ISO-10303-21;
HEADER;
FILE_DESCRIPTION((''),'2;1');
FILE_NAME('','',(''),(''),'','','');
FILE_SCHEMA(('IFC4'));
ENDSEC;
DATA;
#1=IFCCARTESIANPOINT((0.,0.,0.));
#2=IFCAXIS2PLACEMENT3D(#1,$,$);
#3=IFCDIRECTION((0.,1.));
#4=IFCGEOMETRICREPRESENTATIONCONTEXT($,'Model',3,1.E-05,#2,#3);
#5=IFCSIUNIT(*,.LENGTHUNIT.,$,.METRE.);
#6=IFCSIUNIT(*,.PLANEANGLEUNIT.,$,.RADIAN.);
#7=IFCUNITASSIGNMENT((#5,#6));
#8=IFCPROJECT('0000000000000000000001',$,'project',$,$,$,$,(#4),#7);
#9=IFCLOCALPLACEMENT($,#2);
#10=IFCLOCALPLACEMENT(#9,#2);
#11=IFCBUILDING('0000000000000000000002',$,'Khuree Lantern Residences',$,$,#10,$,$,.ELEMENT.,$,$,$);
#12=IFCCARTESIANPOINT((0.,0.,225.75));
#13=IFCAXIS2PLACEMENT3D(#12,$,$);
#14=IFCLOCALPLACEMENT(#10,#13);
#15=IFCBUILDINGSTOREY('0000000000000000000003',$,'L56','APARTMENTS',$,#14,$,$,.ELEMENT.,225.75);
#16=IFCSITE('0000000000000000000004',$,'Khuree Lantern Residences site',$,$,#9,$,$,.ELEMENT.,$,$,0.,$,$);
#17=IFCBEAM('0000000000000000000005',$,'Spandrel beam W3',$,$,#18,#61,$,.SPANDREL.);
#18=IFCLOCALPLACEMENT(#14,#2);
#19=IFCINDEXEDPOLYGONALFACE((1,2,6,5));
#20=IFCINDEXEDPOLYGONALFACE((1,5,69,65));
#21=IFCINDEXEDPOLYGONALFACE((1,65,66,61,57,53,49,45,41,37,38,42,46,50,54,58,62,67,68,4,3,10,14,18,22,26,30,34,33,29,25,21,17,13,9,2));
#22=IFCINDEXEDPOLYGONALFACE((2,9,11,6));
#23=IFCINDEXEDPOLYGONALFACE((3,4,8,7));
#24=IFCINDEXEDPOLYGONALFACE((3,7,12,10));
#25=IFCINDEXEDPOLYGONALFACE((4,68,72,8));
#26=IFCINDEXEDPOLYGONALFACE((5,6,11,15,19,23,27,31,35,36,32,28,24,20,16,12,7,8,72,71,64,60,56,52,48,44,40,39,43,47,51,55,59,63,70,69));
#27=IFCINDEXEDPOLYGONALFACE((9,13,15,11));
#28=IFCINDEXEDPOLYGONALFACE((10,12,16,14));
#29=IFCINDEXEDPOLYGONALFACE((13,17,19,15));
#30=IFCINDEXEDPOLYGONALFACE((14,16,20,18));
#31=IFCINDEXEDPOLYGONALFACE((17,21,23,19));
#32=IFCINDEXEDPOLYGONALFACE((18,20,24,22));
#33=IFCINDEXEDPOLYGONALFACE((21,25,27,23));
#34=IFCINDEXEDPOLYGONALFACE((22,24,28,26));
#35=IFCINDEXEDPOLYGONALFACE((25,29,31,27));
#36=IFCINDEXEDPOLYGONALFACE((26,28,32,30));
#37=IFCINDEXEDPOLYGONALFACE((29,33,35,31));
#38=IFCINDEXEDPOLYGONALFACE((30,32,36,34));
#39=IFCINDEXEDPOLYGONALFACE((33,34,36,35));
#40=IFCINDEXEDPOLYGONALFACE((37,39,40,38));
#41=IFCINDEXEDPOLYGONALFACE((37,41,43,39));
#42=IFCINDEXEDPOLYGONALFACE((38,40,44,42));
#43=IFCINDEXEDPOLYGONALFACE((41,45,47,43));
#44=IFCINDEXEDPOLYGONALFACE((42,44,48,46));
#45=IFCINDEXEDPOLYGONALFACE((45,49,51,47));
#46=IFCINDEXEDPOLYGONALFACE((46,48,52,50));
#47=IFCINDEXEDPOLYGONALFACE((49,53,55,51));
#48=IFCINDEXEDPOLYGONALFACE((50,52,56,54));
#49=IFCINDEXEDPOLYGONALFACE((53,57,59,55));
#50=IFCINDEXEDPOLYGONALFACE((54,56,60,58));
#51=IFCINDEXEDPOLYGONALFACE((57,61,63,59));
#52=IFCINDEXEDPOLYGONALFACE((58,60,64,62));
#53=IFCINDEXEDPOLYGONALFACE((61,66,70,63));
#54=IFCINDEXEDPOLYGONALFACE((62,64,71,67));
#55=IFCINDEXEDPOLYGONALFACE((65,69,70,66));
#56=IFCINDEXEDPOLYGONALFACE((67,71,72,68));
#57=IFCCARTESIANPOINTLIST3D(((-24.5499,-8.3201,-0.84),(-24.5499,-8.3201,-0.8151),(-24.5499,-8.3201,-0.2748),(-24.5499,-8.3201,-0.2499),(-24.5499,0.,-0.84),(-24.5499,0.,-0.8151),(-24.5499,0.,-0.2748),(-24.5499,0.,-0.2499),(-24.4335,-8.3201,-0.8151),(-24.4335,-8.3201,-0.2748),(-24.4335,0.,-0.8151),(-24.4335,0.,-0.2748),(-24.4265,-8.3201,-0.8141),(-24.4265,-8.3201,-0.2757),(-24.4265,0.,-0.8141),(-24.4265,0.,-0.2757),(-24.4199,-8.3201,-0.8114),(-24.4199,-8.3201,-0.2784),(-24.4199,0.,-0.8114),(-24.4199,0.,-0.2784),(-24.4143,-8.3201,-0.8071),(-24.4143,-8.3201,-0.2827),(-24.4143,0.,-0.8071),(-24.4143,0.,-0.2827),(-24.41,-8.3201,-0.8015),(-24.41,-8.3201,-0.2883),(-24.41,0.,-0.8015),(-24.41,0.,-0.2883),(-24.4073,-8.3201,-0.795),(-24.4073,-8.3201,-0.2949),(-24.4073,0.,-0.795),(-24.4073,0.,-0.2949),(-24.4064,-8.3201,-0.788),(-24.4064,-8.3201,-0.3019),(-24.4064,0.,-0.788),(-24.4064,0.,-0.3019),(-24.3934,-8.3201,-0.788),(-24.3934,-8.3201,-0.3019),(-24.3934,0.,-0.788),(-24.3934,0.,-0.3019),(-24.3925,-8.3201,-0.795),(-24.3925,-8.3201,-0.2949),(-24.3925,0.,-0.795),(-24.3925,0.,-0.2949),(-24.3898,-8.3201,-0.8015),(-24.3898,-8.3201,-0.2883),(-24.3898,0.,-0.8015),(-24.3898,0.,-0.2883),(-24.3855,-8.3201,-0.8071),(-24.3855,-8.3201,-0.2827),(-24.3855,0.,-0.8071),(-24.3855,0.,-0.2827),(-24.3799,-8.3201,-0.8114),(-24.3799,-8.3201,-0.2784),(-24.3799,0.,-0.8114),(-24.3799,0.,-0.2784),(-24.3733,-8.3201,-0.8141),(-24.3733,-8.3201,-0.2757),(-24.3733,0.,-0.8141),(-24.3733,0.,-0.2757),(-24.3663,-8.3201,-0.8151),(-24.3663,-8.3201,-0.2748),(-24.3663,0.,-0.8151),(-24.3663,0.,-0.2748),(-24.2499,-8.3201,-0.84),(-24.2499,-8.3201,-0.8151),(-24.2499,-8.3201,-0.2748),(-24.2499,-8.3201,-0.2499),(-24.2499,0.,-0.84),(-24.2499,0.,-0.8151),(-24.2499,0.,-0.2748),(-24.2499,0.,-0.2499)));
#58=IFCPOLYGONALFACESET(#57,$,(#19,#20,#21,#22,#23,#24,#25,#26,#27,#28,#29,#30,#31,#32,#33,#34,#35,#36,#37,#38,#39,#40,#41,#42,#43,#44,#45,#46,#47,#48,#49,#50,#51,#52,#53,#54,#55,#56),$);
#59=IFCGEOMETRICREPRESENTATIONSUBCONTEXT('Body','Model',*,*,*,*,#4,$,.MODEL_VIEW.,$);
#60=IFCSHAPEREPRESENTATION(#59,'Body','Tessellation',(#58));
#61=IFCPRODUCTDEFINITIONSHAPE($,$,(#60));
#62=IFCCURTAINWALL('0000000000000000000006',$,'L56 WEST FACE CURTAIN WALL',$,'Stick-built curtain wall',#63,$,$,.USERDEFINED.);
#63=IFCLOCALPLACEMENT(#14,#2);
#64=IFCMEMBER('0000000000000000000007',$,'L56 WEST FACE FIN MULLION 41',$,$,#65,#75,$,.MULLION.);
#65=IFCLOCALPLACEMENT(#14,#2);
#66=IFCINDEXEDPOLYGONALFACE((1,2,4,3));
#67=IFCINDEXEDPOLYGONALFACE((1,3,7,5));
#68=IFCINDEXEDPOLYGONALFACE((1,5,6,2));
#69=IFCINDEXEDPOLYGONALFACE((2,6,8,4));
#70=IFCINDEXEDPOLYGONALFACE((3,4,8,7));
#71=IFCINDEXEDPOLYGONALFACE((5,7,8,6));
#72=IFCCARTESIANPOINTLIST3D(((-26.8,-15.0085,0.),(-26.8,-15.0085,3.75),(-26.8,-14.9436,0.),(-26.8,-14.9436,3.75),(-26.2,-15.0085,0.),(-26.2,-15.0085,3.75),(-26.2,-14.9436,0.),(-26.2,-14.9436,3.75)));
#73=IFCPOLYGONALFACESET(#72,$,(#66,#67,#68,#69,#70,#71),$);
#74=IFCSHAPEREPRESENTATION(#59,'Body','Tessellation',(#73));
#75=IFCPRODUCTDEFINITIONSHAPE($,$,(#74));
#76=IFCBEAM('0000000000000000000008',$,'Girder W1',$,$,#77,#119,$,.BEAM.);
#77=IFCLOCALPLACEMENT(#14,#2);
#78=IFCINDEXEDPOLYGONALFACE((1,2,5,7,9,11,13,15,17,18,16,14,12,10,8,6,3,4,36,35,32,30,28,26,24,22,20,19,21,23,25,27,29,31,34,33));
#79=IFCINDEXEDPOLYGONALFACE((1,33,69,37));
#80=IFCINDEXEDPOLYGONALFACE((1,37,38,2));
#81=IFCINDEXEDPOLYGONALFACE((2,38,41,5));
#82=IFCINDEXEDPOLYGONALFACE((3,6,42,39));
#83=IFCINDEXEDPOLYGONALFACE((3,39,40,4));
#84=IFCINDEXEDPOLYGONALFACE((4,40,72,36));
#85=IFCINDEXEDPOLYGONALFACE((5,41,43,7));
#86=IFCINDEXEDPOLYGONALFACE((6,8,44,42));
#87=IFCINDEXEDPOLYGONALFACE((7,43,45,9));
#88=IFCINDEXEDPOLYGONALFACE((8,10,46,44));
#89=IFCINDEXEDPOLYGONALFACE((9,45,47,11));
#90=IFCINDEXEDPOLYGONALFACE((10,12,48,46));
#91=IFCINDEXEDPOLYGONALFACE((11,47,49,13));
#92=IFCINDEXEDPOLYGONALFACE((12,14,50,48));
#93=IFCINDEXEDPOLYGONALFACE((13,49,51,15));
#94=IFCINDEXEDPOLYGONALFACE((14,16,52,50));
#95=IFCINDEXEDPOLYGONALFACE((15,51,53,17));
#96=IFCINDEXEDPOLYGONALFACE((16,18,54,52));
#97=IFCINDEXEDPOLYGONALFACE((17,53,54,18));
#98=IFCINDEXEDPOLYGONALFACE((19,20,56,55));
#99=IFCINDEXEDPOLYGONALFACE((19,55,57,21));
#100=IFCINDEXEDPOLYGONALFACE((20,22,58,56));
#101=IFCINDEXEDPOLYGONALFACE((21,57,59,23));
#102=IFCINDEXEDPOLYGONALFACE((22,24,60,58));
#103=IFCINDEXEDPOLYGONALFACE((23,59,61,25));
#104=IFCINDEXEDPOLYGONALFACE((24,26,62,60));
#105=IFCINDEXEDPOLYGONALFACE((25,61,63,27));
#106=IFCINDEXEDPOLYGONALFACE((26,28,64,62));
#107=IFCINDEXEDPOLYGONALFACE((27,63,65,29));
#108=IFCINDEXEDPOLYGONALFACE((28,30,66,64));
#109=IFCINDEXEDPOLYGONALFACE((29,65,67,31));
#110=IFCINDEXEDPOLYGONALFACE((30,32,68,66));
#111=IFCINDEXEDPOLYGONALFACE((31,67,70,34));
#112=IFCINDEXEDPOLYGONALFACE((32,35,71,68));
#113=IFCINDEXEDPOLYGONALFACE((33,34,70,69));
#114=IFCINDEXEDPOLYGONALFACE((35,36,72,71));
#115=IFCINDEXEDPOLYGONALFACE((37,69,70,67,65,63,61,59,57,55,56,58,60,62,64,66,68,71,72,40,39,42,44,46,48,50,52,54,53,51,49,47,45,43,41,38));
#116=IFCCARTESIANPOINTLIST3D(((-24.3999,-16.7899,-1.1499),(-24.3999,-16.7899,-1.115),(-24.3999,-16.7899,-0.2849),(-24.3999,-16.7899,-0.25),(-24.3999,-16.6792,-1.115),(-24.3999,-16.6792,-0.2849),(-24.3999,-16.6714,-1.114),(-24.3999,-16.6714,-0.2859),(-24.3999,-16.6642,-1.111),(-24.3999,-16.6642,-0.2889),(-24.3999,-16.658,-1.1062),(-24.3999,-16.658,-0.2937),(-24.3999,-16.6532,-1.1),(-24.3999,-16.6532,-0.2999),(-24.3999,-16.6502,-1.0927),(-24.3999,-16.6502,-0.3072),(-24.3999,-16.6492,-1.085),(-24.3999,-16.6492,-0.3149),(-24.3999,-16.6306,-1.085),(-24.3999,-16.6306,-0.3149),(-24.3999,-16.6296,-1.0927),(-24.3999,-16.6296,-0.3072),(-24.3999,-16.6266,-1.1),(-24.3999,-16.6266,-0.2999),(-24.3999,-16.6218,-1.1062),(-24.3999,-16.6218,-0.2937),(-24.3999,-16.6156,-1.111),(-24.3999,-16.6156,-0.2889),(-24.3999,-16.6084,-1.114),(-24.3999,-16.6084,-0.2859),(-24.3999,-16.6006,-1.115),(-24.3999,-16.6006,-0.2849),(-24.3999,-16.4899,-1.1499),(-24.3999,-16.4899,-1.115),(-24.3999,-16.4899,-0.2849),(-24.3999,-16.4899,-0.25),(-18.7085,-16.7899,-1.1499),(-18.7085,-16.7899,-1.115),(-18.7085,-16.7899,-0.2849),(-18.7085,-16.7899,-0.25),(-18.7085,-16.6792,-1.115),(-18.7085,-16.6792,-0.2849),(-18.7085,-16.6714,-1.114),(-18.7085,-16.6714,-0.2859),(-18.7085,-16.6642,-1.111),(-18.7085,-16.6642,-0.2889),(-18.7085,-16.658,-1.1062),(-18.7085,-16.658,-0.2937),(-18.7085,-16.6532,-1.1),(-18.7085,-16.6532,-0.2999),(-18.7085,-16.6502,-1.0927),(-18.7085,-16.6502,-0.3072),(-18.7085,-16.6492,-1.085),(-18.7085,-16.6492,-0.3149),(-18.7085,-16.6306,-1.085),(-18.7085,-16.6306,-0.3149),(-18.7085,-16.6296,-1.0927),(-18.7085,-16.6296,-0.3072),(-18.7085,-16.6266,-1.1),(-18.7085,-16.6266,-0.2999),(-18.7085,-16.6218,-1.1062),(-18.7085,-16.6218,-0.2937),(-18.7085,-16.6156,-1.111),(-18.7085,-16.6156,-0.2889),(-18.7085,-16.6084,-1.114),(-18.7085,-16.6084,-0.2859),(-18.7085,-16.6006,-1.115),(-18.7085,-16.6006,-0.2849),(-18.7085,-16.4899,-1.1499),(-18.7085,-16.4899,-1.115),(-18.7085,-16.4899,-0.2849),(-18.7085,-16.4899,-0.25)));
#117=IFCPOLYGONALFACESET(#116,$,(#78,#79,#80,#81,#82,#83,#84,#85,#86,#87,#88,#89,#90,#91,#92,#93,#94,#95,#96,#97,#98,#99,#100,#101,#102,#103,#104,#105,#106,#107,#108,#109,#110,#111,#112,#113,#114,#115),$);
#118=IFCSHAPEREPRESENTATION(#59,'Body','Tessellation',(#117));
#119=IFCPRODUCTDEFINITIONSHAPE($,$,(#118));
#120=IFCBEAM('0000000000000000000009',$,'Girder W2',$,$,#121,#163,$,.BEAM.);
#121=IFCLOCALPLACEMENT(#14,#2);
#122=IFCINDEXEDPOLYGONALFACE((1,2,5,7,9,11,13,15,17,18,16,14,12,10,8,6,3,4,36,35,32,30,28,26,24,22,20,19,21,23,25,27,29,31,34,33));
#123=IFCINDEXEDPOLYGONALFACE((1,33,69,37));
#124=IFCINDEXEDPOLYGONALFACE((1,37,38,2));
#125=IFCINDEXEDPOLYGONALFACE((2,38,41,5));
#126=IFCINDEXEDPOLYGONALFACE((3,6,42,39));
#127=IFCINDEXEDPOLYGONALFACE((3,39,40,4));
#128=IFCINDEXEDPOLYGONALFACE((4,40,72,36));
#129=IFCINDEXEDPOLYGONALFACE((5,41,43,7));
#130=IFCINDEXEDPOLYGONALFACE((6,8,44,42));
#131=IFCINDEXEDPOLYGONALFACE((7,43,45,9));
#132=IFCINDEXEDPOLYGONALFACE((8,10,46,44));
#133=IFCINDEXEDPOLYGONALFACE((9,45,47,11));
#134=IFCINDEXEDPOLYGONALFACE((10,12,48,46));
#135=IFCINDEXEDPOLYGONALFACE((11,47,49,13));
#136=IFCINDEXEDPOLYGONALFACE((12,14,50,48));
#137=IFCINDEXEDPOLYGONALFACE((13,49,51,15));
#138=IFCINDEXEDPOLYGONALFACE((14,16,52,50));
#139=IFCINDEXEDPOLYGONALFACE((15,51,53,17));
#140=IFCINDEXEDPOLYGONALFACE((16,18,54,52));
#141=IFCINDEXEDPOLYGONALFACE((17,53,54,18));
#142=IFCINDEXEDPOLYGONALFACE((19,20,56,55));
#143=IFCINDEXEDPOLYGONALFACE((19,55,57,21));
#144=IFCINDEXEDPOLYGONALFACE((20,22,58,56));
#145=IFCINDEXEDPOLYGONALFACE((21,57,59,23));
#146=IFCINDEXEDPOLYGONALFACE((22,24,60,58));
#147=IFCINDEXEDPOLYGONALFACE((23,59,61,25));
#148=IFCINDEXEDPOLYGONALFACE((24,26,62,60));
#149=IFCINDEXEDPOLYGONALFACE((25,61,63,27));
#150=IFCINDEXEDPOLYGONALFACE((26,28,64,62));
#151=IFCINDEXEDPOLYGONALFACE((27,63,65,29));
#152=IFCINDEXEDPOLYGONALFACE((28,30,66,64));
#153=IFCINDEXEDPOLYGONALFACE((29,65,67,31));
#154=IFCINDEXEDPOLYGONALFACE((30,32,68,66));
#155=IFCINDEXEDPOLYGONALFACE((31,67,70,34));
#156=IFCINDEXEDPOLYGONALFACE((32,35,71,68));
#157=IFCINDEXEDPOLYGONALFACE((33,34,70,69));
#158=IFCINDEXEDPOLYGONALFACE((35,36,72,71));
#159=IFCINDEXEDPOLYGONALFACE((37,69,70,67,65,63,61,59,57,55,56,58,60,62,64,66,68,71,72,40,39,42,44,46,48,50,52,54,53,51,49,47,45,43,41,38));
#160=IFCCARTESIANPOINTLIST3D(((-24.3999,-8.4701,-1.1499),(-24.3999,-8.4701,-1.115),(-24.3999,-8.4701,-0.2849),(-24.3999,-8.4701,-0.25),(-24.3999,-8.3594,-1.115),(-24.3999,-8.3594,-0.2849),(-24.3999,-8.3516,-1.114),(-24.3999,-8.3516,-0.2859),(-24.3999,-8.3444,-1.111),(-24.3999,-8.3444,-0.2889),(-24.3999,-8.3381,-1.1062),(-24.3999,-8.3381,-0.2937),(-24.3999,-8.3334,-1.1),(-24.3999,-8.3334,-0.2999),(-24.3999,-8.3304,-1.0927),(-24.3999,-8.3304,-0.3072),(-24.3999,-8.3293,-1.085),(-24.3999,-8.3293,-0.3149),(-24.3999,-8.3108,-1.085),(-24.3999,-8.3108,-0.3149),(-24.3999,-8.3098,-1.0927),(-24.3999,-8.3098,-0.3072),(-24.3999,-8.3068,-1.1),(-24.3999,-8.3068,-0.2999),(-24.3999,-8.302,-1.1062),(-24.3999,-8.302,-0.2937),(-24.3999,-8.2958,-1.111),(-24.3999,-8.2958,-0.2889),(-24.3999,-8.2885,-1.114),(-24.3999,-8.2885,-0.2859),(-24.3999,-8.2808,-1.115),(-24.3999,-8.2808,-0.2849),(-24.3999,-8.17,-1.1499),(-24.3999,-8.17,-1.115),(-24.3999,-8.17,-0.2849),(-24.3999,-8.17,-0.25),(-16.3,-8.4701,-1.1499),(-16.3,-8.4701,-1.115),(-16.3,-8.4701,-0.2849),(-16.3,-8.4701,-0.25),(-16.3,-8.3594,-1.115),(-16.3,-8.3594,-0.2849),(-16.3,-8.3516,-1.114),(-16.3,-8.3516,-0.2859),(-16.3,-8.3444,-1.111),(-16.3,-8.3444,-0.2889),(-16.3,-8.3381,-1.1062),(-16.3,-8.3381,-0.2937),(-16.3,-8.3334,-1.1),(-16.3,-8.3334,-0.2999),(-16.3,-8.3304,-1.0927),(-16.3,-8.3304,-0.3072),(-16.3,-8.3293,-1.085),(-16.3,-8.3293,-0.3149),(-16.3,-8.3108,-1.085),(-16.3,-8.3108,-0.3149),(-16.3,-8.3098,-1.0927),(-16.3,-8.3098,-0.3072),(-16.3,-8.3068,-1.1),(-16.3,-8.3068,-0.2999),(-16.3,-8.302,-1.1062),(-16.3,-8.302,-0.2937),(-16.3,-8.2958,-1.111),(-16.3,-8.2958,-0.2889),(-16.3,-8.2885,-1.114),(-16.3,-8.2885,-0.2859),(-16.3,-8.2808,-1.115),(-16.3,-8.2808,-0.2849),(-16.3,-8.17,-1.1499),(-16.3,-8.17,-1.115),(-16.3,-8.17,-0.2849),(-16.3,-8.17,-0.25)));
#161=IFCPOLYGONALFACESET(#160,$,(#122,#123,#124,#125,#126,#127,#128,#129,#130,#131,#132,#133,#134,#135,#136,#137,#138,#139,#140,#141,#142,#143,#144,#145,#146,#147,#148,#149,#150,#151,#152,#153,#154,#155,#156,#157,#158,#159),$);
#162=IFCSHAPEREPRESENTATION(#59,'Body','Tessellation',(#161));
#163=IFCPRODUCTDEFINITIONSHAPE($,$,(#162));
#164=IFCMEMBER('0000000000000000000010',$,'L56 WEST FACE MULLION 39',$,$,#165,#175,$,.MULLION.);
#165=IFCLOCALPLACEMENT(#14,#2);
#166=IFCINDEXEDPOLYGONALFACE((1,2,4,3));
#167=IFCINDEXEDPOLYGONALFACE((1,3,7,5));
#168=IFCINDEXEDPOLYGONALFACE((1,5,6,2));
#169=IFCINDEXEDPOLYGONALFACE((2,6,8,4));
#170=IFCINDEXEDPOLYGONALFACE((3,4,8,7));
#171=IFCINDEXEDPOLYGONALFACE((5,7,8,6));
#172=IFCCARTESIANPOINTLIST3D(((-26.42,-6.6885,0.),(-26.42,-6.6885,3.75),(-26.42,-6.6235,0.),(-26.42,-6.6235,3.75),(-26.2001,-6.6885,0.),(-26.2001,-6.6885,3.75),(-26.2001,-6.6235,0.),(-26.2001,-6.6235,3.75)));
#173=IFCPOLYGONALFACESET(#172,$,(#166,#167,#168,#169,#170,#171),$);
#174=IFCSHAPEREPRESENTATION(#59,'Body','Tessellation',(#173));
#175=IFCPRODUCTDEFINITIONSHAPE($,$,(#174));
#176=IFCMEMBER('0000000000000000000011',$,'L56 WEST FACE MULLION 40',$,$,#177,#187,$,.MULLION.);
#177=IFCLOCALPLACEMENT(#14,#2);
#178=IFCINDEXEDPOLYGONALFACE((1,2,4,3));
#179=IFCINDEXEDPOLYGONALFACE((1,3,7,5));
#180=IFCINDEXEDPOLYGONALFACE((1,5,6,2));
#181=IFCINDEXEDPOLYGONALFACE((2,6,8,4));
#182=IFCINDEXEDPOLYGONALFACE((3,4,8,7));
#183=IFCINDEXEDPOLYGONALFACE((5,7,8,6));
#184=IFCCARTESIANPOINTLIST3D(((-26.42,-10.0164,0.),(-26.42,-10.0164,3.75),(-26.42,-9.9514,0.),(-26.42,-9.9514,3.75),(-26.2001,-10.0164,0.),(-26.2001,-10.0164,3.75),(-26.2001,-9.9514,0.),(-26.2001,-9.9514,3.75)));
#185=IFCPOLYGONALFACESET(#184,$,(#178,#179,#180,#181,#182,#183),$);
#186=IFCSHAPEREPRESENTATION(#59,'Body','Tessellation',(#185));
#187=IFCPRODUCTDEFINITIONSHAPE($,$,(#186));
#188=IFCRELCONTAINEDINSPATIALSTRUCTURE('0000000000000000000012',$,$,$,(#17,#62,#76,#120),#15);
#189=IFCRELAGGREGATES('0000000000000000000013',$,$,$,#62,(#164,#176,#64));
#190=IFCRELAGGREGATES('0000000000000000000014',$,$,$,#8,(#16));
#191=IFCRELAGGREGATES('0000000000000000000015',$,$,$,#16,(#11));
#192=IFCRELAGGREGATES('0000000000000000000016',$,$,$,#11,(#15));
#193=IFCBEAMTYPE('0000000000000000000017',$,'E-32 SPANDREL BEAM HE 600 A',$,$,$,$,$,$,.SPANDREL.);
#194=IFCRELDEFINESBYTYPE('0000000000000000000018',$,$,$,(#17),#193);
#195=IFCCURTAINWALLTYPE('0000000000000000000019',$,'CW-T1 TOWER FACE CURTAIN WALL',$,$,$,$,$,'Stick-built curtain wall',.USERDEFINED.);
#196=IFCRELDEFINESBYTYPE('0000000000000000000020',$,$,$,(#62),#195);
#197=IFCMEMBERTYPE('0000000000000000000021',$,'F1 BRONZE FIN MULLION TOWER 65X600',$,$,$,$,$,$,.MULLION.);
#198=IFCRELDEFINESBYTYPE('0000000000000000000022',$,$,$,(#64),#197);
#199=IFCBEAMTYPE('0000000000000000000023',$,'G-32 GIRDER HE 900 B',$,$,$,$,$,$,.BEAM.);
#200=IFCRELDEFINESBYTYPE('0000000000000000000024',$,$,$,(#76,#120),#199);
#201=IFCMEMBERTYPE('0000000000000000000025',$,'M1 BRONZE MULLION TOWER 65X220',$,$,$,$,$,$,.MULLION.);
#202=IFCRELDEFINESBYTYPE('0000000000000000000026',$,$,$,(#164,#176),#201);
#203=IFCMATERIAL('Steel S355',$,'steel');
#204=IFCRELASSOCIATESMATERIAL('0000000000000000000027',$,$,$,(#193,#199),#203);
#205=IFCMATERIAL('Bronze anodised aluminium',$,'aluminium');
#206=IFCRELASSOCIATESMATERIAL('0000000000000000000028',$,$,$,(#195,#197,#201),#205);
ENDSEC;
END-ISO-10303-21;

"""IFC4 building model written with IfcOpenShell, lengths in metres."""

from ifc_helpers import new_model, si_unit, direction, frame, origin, origin_2d, place, context, subcontext, project, spatial, rectangle, i_section, extrude, material, material_profile, profile_set, type_object, element, aggregate, save


model = new_model("IFC4")

# Units and contexts
model_context = context("Model", 3, precision=1e-05, world=origin(), true_north=direction((0.0, 1.0)))
body_context = subcontext(model_context, "Body", "Model", "MODEL_VIEW")
ifc_project = project(units=[si_unit("LENGTHUNIT", "METRE"), si_unit("PLANEANGLEUNIT", "RADIAN")], contexts=[model_context])

# Site, building, storey
site_placement = place(None, origin())
site = spatial("IfcSite", under=ifc_project, at=site_placement, Name="Khuree Lantern Residences site", CompositionType="ELEMENT", RefElevation=0.0)
building_placement = place(site_placement, origin())
building = spatial("IfcBuilding", under=site, at=building_placement, Name="Khuree Lantern Residences", CompositionType="ELEMENT")
storey_placement = place(building_placement, frame((0.0, 0.0, 225.75)))
storey = spatial("IfcBuildingStorey", under=building, at=storey_placement, Name="L56", Description="APARTMENTS", CompositionType="ELEMENT", Elevation=225.75)

# Beam
ifc_material_1 = material(Name="Steel S355", Category="steel")
ifc_material_profile_1 = material_profile(ifc_material_1, i_section(OverallWidth=0.3, OverallDepth=0.5901, WebThickness=0.0129, FlangeThickness=0.0249, FilletRadius=0.0271, at=origin_2d()), Name="HE 600 A")
ifc_profile_set_1 = profile_set([ifc_material_profile_1], Name="Steel S355")
beam_type_1 = type_object("IfcBeamType", Name="E-32 SPANDREL BEAM HE 600 A", PredefinedType="SPANDREL", material=ifc_profile_set_1)
beam_1_placement = place(storey_placement, frame((-24.3999, -8.3201, -0.5449), z_axis=(0.0, 1.0, 0.0), x_axis=(-1.0, 0.0, 0.0)))
element("IfcBeam", 1, at=beam_1_placement, inside=storey, type_object=beam_type_1, Name="Spandrel beam W3", PredefinedType="SPANDREL", context=body_context, shape_type="SweptSolid", body=[
    extrude(i_section(OverallWidth=0.3, OverallDepth=0.5901, WebThickness=0.0129, FlangeThickness=0.0249, FilletRadius=0.0271, at=origin_2d()), origin(), (0.0, 0.0, 1.0), 8.3201),
])

# Curtain wall, member
ifc_material_2 = material(Name="Bronze anodised aluminium", Category="aluminium")
curtain_wall_type = type_object("IfcCurtainWallType", Name="CW-T1 TOWER FACE CURTAIN WALL", ElementType="Stick-built curtain wall", PredefinedType="USERDEFINED", material=ifc_material_2)
curtain_wall_placement = place(storey_placement, origin())
curtain_wall = element("IfcCurtainWall", 2, at=curtain_wall_placement, inside=storey, type_object=curtain_wall_type, Name="L56 WEST FACE CURTAIN WALL", ObjectType="Stick-built curtain wall", PredefinedType="USERDEFINED")
ifc_material_profile_2 = material_profile(ifc_material_2, rectangle(XDim=0.0649, YDim=0.6001, at=origin_2d()), Name="F1 65X600")
ifc_profile_set_2 = profile_set([ifc_material_profile_2], Name="Bronze anodised aluminium")
member_type_1 = type_object("IfcMemberType", Name="F1 BRONZE FIN MULLION TOWER 65X600", PredefinedType="MULLION", material=ifc_profile_set_2)
member_1_placement = place(storey_placement, frame((-26.5, -14.9761, 0.0), z_axis=(0.0, 0.0, 1.0), x_axis=(0.0, -1.0, 0.0)))
member_1 = element("IfcMember", 3, at=member_1_placement, type_object=member_type_1, Name="L56 WEST FACE FIN MULLION 41", PredefinedType="MULLION", context=body_context, shape_type="SweptSolid", body=[
    extrude(rectangle(XDim=0.0649, YDim=0.6001, at=origin_2d()), origin(), (0.0, 0.0, 1.0), 3.75),
])

# Beams
ifc_material_profile_3 = material_profile(ifc_material_1, i_section(OverallWidth=0.3, OverallDepth=0.8999, WebThickness=0.0186, FlangeThickness=0.0349, FilletRadius=0.03, at=origin_2d()), Name="HE 900 B")
ifc_profile_set_3 = profile_set([ifc_material_profile_3], Name="Steel S355")
beam_type_2 = type_object("IfcBeamType", Name="G-32 GIRDER HE 900 B", PredefinedType="BEAM", material=ifc_profile_set_3)
beam_2_placement = place(storey_placement, frame((-24.3999, -16.6399, -0.7), z_axis=(1.0, 0.0, 0.0), x_axis=(0.0, 1.0, 0.0)))
element("IfcBeam", 4, at=beam_2_placement, inside=storey, type_object=beam_type_2, Name="Girder W1", PredefinedType="BEAM", context=body_context, shape_type="SweptSolid", body=[
    extrude(i_section(OverallWidth=0.3, OverallDepth=0.8999, WebThickness=0.0186, FlangeThickness=0.0349, FilletRadius=0.03, at=origin_2d()), origin(), (0.0, 0.0, 1.0), 5.6914),
])
beam_3_placement = place(storey_placement, frame((-24.3999, -8.3201, -0.7), z_axis=(1.0, 0.0, 0.0), x_axis=(0.0, 1.0, 0.0)))
element("IfcBeam", 5, at=beam_3_placement, inside=storey, type_object=beam_type_2, Name="Girder W2", PredefinedType="BEAM", context=body_context, shape_type="SweptSolid", body=[
    extrude(i_section(OverallWidth=0.3, OverallDepth=0.8999, WebThickness=0.0186, FlangeThickness=0.0349, FilletRadius=0.03, at=origin_2d()), origin(), (0.0, 0.0, 1.0), 8.0999),
])

# Members
ifc_material_profile_4 = material_profile(ifc_material_2, rectangle(XDim=0.0649, YDim=0.22, at=origin_2d()), Name="M1 65X220")
ifc_profile_set_4 = profile_set([ifc_material_profile_4], Name="Bronze anodised aluminium")
member_type_2 = type_object("IfcMemberType", Name="M1 BRONZE MULLION TOWER 65X220", PredefinedType="MULLION", material=ifc_profile_set_4)
member_2_placement = place(storey_placement, frame((-26.3101, -6.656, 0.0), z_axis=(0.0, 0.0, 1.0), x_axis=(0.0, -1.0, 0.0)))
member_2 = element("IfcMember", 6, at=member_2_placement, type_object=member_type_2, Name="L56 WEST FACE MULLION 39", PredefinedType="MULLION", context=body_context, shape_type="SweptSolid", body=[
    extrude(rectangle(XDim=0.0649, YDim=0.22, at=origin_2d()), origin(), (0.0, 0.0, 1.0), 3.75),
])
member_3_placement = place(storey_placement, frame((-26.3101, -9.9839, 0.0), z_axis=(0.0, 0.0, 1.0), x_axis=(0.0, -1.0, 0.0)))
member_3 = element("IfcMember", 7, at=member_3_placement, type_object=member_type_2, Name="L56 WEST FACE MULLION 40", PredefinedType="MULLION", context=body_context, shape_type="SweptSolid", body=[
    extrude(rectangle(XDim=0.0649, YDim=0.22, at=origin_2d()), origin(), (0.0, 0.0, 1.0), 3.75),
])

aggregate(curtain_wall, [member_2, member_3, member_1])

save(model, "model.ifc")
